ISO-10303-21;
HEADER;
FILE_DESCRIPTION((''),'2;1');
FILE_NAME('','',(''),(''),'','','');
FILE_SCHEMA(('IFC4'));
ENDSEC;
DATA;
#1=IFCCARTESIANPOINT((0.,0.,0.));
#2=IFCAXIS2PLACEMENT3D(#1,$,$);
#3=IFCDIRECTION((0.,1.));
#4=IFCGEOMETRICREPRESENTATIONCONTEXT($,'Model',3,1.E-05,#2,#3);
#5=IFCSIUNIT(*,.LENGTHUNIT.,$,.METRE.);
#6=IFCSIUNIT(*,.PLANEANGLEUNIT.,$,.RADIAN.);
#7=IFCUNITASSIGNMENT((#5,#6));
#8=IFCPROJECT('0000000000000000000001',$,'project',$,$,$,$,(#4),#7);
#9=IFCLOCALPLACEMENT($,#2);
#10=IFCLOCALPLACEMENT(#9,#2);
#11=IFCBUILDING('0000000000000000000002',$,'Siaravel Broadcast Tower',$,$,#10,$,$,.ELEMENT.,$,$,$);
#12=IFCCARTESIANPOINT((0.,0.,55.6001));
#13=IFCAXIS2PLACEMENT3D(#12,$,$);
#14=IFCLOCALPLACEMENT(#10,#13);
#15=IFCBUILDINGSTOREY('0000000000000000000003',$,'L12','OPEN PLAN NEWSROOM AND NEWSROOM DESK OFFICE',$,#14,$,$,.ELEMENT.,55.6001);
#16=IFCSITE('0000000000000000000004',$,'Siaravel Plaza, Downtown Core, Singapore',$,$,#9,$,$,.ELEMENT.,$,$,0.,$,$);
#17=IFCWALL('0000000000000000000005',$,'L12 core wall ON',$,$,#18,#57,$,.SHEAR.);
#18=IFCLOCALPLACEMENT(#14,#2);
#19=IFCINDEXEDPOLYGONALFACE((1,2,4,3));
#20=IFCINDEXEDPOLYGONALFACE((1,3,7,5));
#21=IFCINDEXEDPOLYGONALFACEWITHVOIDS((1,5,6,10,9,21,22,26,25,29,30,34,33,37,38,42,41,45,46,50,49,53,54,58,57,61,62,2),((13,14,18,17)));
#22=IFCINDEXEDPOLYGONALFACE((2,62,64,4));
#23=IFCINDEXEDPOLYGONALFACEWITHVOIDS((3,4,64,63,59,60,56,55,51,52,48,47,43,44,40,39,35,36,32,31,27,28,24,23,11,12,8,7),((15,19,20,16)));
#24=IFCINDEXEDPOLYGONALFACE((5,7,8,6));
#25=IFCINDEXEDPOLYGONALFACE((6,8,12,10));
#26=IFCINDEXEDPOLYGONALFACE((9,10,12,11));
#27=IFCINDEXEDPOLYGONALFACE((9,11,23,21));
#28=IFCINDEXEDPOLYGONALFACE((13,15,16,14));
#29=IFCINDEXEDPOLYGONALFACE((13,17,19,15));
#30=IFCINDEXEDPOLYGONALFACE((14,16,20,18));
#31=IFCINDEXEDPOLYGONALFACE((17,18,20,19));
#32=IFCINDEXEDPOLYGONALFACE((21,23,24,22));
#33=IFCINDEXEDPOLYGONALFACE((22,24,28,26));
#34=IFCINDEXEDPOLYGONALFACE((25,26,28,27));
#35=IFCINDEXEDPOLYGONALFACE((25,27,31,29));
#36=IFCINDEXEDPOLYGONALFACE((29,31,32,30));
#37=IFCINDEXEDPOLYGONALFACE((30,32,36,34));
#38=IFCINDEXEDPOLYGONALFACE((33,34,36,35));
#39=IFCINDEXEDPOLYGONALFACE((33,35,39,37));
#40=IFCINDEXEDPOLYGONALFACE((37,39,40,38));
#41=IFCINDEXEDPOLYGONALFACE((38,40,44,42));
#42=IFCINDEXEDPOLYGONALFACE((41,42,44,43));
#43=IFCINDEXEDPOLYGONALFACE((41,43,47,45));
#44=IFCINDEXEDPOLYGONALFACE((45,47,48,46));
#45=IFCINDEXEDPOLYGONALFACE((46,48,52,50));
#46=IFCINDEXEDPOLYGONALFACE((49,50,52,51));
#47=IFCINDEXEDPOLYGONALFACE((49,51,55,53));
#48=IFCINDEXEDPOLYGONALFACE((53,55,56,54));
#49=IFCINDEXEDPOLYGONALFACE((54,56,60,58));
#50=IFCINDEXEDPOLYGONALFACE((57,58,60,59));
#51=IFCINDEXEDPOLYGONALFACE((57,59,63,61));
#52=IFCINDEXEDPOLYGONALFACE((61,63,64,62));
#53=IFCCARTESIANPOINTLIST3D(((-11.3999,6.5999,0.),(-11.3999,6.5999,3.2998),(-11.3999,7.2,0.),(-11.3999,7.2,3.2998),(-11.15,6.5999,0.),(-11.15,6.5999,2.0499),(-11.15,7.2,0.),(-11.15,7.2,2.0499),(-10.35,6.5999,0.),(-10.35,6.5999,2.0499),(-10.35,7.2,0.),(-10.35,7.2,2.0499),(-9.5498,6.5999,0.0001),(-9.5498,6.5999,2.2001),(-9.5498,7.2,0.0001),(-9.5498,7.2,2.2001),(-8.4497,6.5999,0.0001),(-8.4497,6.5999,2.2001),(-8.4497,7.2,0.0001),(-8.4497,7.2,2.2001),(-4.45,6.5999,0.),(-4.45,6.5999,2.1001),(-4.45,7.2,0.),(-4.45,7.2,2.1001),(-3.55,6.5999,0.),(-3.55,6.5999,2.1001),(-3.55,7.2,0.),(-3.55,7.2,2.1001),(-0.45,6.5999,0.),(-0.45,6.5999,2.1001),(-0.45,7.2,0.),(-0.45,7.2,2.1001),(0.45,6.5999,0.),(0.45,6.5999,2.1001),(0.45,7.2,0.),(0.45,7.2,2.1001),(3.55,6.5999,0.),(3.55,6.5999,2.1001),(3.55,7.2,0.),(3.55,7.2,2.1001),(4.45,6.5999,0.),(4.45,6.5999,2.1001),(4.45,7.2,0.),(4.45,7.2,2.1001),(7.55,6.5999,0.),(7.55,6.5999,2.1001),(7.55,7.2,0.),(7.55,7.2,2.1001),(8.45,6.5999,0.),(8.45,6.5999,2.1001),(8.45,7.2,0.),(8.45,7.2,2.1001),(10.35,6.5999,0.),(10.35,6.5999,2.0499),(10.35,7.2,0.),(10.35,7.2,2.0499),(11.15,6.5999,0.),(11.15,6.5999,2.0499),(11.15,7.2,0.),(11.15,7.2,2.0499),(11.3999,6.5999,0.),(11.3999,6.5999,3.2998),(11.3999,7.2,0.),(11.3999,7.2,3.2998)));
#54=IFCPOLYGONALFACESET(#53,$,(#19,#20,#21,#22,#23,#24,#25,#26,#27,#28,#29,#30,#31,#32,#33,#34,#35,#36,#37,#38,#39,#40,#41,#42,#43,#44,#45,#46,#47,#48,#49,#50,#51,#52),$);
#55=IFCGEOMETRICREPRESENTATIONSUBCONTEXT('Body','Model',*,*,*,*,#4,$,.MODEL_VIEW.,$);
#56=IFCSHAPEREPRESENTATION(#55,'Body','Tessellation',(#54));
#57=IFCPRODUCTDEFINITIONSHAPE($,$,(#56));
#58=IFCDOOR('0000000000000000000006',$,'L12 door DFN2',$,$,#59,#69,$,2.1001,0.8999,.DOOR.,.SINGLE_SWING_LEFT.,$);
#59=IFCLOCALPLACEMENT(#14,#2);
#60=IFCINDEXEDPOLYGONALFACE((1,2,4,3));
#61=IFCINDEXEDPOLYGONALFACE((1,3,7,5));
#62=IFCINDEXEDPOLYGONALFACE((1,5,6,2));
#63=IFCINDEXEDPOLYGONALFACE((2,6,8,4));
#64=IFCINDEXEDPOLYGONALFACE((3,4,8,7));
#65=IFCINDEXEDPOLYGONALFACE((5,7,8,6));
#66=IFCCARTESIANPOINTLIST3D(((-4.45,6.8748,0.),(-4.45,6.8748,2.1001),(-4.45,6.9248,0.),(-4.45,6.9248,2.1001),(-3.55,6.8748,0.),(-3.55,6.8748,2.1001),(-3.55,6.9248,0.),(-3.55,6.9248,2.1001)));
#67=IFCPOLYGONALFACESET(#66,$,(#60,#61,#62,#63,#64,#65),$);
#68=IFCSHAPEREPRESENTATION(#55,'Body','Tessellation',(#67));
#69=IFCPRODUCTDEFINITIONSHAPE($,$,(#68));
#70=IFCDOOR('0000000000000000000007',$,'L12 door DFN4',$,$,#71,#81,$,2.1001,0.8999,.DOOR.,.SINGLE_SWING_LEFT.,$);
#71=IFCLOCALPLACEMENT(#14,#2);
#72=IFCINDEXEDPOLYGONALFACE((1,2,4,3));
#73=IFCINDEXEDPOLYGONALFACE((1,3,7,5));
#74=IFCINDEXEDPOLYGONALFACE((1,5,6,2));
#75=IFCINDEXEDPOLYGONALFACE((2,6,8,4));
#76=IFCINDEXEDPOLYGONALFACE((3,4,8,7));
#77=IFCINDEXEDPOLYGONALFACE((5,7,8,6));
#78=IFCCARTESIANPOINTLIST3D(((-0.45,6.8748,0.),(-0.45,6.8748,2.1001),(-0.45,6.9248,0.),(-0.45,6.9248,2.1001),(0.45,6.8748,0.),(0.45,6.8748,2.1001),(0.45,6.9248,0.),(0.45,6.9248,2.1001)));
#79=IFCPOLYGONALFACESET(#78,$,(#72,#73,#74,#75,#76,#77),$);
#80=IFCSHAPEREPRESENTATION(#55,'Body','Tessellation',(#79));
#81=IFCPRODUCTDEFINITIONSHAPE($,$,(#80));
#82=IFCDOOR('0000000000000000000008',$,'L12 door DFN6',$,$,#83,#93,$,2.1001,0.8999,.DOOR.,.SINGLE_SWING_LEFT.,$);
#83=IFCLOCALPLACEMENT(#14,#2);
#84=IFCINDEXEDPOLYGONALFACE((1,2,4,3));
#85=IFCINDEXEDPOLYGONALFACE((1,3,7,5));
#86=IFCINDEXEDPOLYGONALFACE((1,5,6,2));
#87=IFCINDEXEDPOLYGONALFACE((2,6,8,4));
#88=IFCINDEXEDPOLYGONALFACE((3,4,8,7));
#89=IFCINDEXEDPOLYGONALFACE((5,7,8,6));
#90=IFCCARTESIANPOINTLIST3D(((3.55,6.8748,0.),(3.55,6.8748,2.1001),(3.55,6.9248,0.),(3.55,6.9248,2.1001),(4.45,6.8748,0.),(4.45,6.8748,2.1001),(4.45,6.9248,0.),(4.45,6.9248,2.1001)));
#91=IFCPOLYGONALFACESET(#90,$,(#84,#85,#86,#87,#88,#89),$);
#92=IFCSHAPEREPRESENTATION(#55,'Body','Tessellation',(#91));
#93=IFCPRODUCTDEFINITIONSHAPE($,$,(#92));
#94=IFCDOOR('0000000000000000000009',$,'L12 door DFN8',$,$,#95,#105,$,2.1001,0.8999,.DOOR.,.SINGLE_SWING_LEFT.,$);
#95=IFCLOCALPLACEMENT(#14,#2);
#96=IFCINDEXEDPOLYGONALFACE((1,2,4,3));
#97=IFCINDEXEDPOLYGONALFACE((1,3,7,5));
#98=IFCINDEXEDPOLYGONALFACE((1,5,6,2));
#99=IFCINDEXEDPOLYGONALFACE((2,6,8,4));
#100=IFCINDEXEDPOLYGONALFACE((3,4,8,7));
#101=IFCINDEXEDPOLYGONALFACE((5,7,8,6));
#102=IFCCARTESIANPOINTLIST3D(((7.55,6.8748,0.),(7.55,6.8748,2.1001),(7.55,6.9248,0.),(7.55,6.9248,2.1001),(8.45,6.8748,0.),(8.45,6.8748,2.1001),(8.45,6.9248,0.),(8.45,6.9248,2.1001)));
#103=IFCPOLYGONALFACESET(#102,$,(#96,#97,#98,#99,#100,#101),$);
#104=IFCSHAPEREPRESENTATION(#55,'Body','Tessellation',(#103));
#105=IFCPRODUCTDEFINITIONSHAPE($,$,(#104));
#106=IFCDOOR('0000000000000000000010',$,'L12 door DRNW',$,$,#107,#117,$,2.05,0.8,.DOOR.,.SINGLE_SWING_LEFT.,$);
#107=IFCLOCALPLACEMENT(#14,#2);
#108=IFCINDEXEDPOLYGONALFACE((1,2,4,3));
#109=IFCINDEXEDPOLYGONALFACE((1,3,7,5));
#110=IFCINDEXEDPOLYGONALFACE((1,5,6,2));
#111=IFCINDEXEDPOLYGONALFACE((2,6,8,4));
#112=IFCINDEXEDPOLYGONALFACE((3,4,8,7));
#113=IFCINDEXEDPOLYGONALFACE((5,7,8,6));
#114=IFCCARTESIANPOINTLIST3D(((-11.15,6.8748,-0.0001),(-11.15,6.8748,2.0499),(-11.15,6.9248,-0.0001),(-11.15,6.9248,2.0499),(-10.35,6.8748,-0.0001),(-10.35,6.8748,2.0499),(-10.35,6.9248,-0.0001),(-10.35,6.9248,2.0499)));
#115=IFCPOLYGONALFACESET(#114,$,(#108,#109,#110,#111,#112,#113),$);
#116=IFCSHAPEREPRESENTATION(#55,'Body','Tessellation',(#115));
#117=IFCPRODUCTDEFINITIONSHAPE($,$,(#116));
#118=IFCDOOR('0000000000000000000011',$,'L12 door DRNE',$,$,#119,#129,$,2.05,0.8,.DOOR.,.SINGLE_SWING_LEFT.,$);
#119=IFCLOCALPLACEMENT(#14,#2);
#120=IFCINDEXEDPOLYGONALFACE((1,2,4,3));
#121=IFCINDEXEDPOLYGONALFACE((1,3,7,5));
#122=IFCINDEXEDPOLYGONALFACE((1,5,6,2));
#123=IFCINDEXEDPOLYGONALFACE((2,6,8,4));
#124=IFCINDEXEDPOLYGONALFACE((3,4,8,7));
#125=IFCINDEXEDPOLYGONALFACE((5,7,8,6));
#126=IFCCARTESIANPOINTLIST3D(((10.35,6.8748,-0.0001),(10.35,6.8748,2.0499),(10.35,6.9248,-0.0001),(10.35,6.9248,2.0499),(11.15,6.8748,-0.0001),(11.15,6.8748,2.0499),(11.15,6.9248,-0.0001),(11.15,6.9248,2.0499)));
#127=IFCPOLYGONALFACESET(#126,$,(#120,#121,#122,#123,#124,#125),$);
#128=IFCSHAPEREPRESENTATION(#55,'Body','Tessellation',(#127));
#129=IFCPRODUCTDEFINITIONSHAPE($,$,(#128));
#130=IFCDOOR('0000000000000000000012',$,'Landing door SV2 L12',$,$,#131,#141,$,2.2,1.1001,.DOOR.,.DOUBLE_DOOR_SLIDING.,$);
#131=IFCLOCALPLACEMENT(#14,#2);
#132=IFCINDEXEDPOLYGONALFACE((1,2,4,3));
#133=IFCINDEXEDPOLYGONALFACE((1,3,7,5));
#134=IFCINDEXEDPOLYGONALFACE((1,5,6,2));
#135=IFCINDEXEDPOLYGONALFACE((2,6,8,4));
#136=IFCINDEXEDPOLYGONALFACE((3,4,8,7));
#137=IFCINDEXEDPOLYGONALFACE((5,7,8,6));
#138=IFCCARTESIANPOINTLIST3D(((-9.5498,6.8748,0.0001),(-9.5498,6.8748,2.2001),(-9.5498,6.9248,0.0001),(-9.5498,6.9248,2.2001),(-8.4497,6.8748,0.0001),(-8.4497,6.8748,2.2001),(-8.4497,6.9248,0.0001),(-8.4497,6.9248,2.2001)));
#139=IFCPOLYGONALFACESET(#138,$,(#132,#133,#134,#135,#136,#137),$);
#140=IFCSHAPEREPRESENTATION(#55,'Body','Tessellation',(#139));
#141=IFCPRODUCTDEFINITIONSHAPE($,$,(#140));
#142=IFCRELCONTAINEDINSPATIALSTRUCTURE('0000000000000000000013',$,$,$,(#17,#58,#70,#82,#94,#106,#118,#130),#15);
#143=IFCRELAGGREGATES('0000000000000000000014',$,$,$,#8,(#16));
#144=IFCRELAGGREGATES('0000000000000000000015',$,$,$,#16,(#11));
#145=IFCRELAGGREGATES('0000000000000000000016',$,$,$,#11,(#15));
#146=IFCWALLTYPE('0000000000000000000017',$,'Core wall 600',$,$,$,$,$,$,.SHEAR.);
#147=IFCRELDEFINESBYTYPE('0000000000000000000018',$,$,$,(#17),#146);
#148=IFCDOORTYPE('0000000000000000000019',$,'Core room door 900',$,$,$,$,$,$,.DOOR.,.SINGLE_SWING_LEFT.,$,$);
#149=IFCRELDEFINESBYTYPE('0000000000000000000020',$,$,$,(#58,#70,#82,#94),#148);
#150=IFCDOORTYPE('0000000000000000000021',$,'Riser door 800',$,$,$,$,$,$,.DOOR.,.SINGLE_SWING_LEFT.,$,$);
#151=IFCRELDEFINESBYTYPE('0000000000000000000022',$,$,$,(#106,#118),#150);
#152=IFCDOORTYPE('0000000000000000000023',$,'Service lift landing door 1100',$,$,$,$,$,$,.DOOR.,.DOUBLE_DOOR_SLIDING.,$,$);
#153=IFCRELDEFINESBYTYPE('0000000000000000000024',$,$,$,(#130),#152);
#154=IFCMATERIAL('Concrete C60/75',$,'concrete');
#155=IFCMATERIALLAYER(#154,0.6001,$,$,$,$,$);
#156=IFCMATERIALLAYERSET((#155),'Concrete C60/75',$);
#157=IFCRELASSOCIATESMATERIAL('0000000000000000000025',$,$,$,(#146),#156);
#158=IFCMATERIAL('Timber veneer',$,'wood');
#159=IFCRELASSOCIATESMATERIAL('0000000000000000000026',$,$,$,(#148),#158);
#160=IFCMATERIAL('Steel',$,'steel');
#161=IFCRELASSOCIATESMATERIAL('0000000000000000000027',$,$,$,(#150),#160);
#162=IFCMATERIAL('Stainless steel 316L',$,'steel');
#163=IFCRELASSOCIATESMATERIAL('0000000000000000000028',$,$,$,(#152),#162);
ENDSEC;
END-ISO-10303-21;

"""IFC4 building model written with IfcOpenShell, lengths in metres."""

from ifc_helpers import new_model, si_unit, direction, frame, frame_2d, origin, place, context, subcontext, project, spatial, rectangle, extrude, material, layer, layer_set, type_object, element, fill, save


model = new_model("IFC4")

# Units and contexts
model_context = context("Model", 3, precision=1e-05, world=origin(), true_north=direction((0.0, 1.0)))
body_context = subcontext(model_context, "Body", "Model", "MODEL_VIEW")
ifc_project = project(units=[si_unit("LENGTHUNIT", "METRE"), si_unit("PLANEANGLEUNIT", "RADIAN")], contexts=[model_context])

# Site, building, storey
site_placement = place(None, origin())
site = spatial("IfcSite", under=ifc_project, at=site_placement, Name="Siaravel Plaza, Downtown Core, Singapore", CompositionType="ELEMENT", RefElevation=0.0)
building_placement = place(site_placement, origin())
building = spatial("IfcBuilding", under=site, at=building_placement, Name="Siaravel Broadcast Tower", CompositionType="ELEMENT")
storey_placement = place(building_placement, frame((0.0, 0.0, 55.6001)))
storey = spatial("IfcBuildingStorey", under=building, at=storey_placement, Name="L12", Description="OPEN PLAN NEWSROOM AND NEWSROOM DESK OFFICE", CompositionType="ELEMENT", Elevation=55.6001)

# Wall, openings, doors
ifc_material_1 = material(Name="Concrete C60/75", Category="concrete")
ifc_layer_1 = layer(ifc_material_1, 0.6001)
ifc_layer_set_1 = layer_set([ifc_layer_1], Name="Concrete C60/75")
wall_type_1 = type_object("IfcWallType", Name="Core wall 600", PredefinedType="SHEAR", material=ifc_layer_set_1)
wall_1_placement = place(storey_placement, frame((-11.3999, 6.8999, 0.0), z_axis=(0.0, 0.0, 1.0), x_axis=(1.0, 0.0, 0.0)))
wall_1 = element("IfcWall", 1, at=wall_1_placement, inside=storey, type_object=wall_type_1, Name="L12 core wall ON", PredefinedType="SHEAR", context=body_context, shape_type="SweptSolid", body=[
    extrude(rectangle(XDim=22.7998, YDim=0.6001, at=frame_2d((11.3999, 0.0))), origin(), (0.0, 0.0, 1.0), 3.2998),
])
opening_1_placement = place(wall_1_placement, frame((1.8501, 0.0, 0.0)))
opening_1 = element("IfcOpeningElement", 2, at=opening_1_placement, cuts=wall_1, PredefinedType="OPENING", context=body_context, shape_type="SweptSolid", body=[
    extrude(rectangle(XDim=1.1001, YDim=2.2, at=frame_2d((0.55, 1.1001))), frame((0.0, 0.3101, 0.0), z_axis=(0.0, -1.0, 0.0), x_axis=(1.0, 0.0, 0.0)), (0.0, 0.0, 1.0), 0.6201),
])
opening_2_placement = place(wall_1_placement, frame((6.95, 0.0, 0.0)))
opening_2 = element("IfcOpeningElement", 3, at=opening_2_placement, cuts=wall_1, PredefinedType="OPENING", context=body_context, shape_type="SweptSolid", body=[
    extrude(rectangle(XDim=0.8999, YDim=2.1001, at=frame_2d((0.45, 1.05))), frame((0.0, 0.3101, 0.0), z_axis=(0.0, -1.0, 0.0), x_axis=(1.0, 0.0, 0.0)), (0.0, 0.0, 1.0), 0.6201),
])
opening_3_placement = place(wall_1_placement, frame((10.95, 0.0, 0.0)))
opening_3 = element("IfcOpeningElement", 4, at=opening_3_placement, cuts=wall_1, PredefinedType="OPENING", context=body_context, shape_type="SweptSolid", body=[
    extrude(rectangle(XDim=0.8999, YDim=2.1001, at=frame_2d((0.45, 1.05))), frame((0.0, 0.3101, 0.0), z_axis=(0.0, -1.0, 0.0), x_axis=(1.0, 0.0, 0.0)), (0.0, 0.0, 1.0), 0.6201),
])
opening_4_placement = place(wall_1_placement, frame((14.95, 0.0, 0.0)))
opening_4 = element("IfcOpeningElement", 5, at=opening_4_placement, cuts=wall_1, PredefinedType="OPENING", context=body_context, shape_type="SweptSolid", body=[
    extrude(rectangle(XDim=0.8999, YDim=2.1001, at=frame_2d((0.45, 1.05))), frame((0.0, 0.3101, 0.0), z_axis=(0.0, -1.0, 0.0), x_axis=(1.0, 0.0, 0.0)), (0.0, 0.0, 1.0), 0.6201),
])
opening_5_placement = place(wall_1_placement, frame((18.95, 0.0, 0.0)))
opening_5 = element("IfcOpeningElement", 6, at=opening_5_placement, cuts=wall_1, PredefinedType="OPENING", context=body_context, shape_type="SweptSolid", body=[
    extrude(rectangle(XDim=0.8999, YDim=2.1001, at=frame_2d((0.45, 1.05))), frame((0.0, 0.3101, 0.0), z_axis=(0.0, -1.0, 0.0), x_axis=(1.0, 0.0, 0.0)), (0.0, 0.0, 1.0), 0.6201),
])
opening_6_placement = place(wall_1_placement, frame((0.25, 0.0, 0.0)))
opening_6 = element("IfcOpeningElement", 7, at=opening_6_placement, cuts=wall_1, PredefinedType="OPENING", context=body_context, shape_type="SweptSolid", body=[
    extrude(rectangle(XDim=0.8, YDim=2.05, at=frame_2d((0.3999, 1.0249))), frame((0.0, 0.3101, 0.0), z_axis=(0.0, -1.0, 0.0), x_axis=(1.0, 0.0, 0.0)), (0.0, 0.0, 1.0), 0.6201),
])
opening_7_placement = place(wall_1_placement, frame((21.75, 0.0, 0.0)))
opening_7 = element("IfcOpeningElement", 8, at=opening_7_placement, cuts=wall_1, PredefinedType="OPENING", context=body_context, shape_type="SweptSolid", body=[
    extrude(rectangle(XDim=0.8, YDim=2.05, at=frame_2d((0.3999, 1.0249))), frame((0.0, 0.3101, 0.0), z_axis=(0.0, -1.0, 0.0), x_axis=(1.0, 0.0, 0.0)), (0.0, 0.0, 1.0), 0.6201),
])
ifc_material_2 = material(Name="Timber veneer", Category="wood")
door_type_1 = type_object("IfcDoorType", Name="Core room door 900", OperationType="SINGLE_SWING_LEFT", PredefinedType="DOOR", material=ifc_material_2)
door_1_placement = place(opening_2_placement, origin())
door_1 = element("IfcDoor", 9, at=door_1_placement, inside=storey, type_object=door_type_1, Name="L12 door DFN2", OperationType="SINGLE_SWING_LEFT", OverallHeight=2.1001, OverallWidth=0.8999, PredefinedType="DOOR", context=body_context, shape_type="SweptSolid", body=[
    extrude(rectangle(XDim=0.8999, YDim=2.1001, at=frame_2d((0.45, 1.05))), frame((0.0, 0.0249, 0.0), z_axis=(0.0, -1.0, 0.0), x_axis=(1.0, 0.0, 0.0)), (0.0, 0.0, 1.0), 0.05),
])
fill(opening_2, door_1)
door_2_placement = place(opening_3_placement, origin())
door_2 = element("IfcDoor", 10, at=door_2_placement, inside=storey, type_object=door_type_1, Name="L12 door DFN4", OperationType="SINGLE_SWING_LEFT", OverallHeight=2.1001, OverallWidth=0.8999, PredefinedType="DOOR", context=body_context, shape_type="SweptSolid", body=[
    extrude(rectangle(XDim=0.8999, YDim=2.1001, at=frame_2d((0.45, 1.05))), frame((0.0, 0.0249, 0.0), z_axis=(0.0, -1.0, 0.0), x_axis=(1.0, 0.0, 0.0)), (0.0, 0.0, 1.0), 0.05),
])
fill(opening_3, door_2)
door_3_placement = place(opening_4_placement, origin())
door_3 = element("IfcDoor", 11, at=door_3_placement, inside=storey, type_object=door_type_1, Name="L12 door DFN6", OperationType="SINGLE_SWING_LEFT", OverallHeight=2.1001, OverallWidth=0.8999, PredefinedType="DOOR", context=body_context, shape_type="SweptSolid", body=[
    extrude(rectangle(XDim=0.8999, YDim=2.1001, at=frame_2d((0.45, 1.05))), frame((0.0, 0.0249, 0.0), z_axis=(0.0, -1.0, 0.0), x_axis=(1.0, 0.0, 0.0)), (0.0, 0.0, 1.0), 0.05),
])
fill(opening_4, door_3)
door_4_placement = place(opening_5_placement, origin())
door_4 = element("IfcDoor", 12, at=door_4_placement, inside=storey, type_object=door_type_1, Name="L12 door DFN8", OperationType="SINGLE_SWING_LEFT", OverallHeight=2.1001, OverallWidth=0.8999, PredefinedType="DOOR", context=body_context, shape_type="SweptSolid", body=[
    extrude(rectangle(XDim=0.8999, YDim=2.1001, at=frame_2d((0.45, 1.05))), frame((0.0, 0.0249, 0.0), z_axis=(0.0, -1.0, 0.0), x_axis=(1.0, 0.0, 0.0)), (0.0, 0.0, 1.0), 0.05),
])
fill(opening_5, door_4)
ifc_material_3 = material(Name="Steel", Category="steel")
door_type_2 = type_object("IfcDoorType", Name="Riser door 800", OperationType="SINGLE_SWING_LEFT", PredefinedType="DOOR", material=ifc_material_3)
door_5_placement = place(opening_6_placement, origin())
door_5 = element("IfcDoor", 13, at=door_5_placement, inside=storey, type_object=door_type_2, Name="L12 door DRNW", OperationType="SINGLE_SWING_LEFT", OverallHeight=2.05, OverallWidth=0.8, PredefinedType="DOOR", context=body_context, shape_type="SweptSolid", body=[
    extrude(rectangle(XDim=0.8, YDim=2.05, at=frame_2d((0.3999, 1.0249))), frame((0.0, 0.0249, 0.0), z_axis=(0.0, -1.0, 0.0), x_axis=(1.0, 0.0, 0.0)), (0.0, 0.0, 1.0), 0.05),
])
fill(opening_6, door_5)
door_6_placement = place(opening_7_placement, origin())
door_6 = element("IfcDoor", 14, at=door_6_placement, inside=storey, type_object=door_type_2, Name="L12 door DRNE", OperationType="SINGLE_SWING_LEFT", OverallHeight=2.05, OverallWidth=0.8, PredefinedType="DOOR", context=body_context, shape_type="SweptSolid", body=[
    extrude(rectangle(XDim=0.8, YDim=2.05, at=frame_2d((0.3999, 1.0249))), frame((0.0, 0.0249, 0.0), z_axis=(0.0, -1.0, 0.0), x_axis=(1.0, 0.0, 0.0)), (0.0, 0.0, 1.0), 0.05),
])
fill(opening_7, door_6)
ifc_material_4 = material(Name="Stainless steel 316L", Category="steel")
door_type_3 = type_object("IfcDoorType", Name="Service lift landing door 1100", OperationType="DOUBLE_DOOR_SLIDING", PredefinedType="DOOR", material=ifc_material_4)
door_7_placement = place(opening_1_placement, origin())
door_7 = element("IfcDoor", 15, at=door_7_placement, inside=storey, type_object=door_type_3, Name="Landing door SV2 L12", OperationType="DOUBLE_DOOR_SLIDING", OverallHeight=2.2, OverallWidth=1.1001, PredefinedType="DOOR", context=body_context, shape_type="SweptSolid", body=[
    extrude(rectangle(XDim=1.1001, YDim=2.2, at=frame_2d((0.55, 1.1001))), frame((0.0, 0.0249, 0.0), z_axis=(0.0, -1.0, 0.0), x_axis=(1.0, 0.0, 0.0)), (0.0, 0.0, 1.0), 0.05),
])
fill(opening_1, door_7)

save(model, "model.ifc")
